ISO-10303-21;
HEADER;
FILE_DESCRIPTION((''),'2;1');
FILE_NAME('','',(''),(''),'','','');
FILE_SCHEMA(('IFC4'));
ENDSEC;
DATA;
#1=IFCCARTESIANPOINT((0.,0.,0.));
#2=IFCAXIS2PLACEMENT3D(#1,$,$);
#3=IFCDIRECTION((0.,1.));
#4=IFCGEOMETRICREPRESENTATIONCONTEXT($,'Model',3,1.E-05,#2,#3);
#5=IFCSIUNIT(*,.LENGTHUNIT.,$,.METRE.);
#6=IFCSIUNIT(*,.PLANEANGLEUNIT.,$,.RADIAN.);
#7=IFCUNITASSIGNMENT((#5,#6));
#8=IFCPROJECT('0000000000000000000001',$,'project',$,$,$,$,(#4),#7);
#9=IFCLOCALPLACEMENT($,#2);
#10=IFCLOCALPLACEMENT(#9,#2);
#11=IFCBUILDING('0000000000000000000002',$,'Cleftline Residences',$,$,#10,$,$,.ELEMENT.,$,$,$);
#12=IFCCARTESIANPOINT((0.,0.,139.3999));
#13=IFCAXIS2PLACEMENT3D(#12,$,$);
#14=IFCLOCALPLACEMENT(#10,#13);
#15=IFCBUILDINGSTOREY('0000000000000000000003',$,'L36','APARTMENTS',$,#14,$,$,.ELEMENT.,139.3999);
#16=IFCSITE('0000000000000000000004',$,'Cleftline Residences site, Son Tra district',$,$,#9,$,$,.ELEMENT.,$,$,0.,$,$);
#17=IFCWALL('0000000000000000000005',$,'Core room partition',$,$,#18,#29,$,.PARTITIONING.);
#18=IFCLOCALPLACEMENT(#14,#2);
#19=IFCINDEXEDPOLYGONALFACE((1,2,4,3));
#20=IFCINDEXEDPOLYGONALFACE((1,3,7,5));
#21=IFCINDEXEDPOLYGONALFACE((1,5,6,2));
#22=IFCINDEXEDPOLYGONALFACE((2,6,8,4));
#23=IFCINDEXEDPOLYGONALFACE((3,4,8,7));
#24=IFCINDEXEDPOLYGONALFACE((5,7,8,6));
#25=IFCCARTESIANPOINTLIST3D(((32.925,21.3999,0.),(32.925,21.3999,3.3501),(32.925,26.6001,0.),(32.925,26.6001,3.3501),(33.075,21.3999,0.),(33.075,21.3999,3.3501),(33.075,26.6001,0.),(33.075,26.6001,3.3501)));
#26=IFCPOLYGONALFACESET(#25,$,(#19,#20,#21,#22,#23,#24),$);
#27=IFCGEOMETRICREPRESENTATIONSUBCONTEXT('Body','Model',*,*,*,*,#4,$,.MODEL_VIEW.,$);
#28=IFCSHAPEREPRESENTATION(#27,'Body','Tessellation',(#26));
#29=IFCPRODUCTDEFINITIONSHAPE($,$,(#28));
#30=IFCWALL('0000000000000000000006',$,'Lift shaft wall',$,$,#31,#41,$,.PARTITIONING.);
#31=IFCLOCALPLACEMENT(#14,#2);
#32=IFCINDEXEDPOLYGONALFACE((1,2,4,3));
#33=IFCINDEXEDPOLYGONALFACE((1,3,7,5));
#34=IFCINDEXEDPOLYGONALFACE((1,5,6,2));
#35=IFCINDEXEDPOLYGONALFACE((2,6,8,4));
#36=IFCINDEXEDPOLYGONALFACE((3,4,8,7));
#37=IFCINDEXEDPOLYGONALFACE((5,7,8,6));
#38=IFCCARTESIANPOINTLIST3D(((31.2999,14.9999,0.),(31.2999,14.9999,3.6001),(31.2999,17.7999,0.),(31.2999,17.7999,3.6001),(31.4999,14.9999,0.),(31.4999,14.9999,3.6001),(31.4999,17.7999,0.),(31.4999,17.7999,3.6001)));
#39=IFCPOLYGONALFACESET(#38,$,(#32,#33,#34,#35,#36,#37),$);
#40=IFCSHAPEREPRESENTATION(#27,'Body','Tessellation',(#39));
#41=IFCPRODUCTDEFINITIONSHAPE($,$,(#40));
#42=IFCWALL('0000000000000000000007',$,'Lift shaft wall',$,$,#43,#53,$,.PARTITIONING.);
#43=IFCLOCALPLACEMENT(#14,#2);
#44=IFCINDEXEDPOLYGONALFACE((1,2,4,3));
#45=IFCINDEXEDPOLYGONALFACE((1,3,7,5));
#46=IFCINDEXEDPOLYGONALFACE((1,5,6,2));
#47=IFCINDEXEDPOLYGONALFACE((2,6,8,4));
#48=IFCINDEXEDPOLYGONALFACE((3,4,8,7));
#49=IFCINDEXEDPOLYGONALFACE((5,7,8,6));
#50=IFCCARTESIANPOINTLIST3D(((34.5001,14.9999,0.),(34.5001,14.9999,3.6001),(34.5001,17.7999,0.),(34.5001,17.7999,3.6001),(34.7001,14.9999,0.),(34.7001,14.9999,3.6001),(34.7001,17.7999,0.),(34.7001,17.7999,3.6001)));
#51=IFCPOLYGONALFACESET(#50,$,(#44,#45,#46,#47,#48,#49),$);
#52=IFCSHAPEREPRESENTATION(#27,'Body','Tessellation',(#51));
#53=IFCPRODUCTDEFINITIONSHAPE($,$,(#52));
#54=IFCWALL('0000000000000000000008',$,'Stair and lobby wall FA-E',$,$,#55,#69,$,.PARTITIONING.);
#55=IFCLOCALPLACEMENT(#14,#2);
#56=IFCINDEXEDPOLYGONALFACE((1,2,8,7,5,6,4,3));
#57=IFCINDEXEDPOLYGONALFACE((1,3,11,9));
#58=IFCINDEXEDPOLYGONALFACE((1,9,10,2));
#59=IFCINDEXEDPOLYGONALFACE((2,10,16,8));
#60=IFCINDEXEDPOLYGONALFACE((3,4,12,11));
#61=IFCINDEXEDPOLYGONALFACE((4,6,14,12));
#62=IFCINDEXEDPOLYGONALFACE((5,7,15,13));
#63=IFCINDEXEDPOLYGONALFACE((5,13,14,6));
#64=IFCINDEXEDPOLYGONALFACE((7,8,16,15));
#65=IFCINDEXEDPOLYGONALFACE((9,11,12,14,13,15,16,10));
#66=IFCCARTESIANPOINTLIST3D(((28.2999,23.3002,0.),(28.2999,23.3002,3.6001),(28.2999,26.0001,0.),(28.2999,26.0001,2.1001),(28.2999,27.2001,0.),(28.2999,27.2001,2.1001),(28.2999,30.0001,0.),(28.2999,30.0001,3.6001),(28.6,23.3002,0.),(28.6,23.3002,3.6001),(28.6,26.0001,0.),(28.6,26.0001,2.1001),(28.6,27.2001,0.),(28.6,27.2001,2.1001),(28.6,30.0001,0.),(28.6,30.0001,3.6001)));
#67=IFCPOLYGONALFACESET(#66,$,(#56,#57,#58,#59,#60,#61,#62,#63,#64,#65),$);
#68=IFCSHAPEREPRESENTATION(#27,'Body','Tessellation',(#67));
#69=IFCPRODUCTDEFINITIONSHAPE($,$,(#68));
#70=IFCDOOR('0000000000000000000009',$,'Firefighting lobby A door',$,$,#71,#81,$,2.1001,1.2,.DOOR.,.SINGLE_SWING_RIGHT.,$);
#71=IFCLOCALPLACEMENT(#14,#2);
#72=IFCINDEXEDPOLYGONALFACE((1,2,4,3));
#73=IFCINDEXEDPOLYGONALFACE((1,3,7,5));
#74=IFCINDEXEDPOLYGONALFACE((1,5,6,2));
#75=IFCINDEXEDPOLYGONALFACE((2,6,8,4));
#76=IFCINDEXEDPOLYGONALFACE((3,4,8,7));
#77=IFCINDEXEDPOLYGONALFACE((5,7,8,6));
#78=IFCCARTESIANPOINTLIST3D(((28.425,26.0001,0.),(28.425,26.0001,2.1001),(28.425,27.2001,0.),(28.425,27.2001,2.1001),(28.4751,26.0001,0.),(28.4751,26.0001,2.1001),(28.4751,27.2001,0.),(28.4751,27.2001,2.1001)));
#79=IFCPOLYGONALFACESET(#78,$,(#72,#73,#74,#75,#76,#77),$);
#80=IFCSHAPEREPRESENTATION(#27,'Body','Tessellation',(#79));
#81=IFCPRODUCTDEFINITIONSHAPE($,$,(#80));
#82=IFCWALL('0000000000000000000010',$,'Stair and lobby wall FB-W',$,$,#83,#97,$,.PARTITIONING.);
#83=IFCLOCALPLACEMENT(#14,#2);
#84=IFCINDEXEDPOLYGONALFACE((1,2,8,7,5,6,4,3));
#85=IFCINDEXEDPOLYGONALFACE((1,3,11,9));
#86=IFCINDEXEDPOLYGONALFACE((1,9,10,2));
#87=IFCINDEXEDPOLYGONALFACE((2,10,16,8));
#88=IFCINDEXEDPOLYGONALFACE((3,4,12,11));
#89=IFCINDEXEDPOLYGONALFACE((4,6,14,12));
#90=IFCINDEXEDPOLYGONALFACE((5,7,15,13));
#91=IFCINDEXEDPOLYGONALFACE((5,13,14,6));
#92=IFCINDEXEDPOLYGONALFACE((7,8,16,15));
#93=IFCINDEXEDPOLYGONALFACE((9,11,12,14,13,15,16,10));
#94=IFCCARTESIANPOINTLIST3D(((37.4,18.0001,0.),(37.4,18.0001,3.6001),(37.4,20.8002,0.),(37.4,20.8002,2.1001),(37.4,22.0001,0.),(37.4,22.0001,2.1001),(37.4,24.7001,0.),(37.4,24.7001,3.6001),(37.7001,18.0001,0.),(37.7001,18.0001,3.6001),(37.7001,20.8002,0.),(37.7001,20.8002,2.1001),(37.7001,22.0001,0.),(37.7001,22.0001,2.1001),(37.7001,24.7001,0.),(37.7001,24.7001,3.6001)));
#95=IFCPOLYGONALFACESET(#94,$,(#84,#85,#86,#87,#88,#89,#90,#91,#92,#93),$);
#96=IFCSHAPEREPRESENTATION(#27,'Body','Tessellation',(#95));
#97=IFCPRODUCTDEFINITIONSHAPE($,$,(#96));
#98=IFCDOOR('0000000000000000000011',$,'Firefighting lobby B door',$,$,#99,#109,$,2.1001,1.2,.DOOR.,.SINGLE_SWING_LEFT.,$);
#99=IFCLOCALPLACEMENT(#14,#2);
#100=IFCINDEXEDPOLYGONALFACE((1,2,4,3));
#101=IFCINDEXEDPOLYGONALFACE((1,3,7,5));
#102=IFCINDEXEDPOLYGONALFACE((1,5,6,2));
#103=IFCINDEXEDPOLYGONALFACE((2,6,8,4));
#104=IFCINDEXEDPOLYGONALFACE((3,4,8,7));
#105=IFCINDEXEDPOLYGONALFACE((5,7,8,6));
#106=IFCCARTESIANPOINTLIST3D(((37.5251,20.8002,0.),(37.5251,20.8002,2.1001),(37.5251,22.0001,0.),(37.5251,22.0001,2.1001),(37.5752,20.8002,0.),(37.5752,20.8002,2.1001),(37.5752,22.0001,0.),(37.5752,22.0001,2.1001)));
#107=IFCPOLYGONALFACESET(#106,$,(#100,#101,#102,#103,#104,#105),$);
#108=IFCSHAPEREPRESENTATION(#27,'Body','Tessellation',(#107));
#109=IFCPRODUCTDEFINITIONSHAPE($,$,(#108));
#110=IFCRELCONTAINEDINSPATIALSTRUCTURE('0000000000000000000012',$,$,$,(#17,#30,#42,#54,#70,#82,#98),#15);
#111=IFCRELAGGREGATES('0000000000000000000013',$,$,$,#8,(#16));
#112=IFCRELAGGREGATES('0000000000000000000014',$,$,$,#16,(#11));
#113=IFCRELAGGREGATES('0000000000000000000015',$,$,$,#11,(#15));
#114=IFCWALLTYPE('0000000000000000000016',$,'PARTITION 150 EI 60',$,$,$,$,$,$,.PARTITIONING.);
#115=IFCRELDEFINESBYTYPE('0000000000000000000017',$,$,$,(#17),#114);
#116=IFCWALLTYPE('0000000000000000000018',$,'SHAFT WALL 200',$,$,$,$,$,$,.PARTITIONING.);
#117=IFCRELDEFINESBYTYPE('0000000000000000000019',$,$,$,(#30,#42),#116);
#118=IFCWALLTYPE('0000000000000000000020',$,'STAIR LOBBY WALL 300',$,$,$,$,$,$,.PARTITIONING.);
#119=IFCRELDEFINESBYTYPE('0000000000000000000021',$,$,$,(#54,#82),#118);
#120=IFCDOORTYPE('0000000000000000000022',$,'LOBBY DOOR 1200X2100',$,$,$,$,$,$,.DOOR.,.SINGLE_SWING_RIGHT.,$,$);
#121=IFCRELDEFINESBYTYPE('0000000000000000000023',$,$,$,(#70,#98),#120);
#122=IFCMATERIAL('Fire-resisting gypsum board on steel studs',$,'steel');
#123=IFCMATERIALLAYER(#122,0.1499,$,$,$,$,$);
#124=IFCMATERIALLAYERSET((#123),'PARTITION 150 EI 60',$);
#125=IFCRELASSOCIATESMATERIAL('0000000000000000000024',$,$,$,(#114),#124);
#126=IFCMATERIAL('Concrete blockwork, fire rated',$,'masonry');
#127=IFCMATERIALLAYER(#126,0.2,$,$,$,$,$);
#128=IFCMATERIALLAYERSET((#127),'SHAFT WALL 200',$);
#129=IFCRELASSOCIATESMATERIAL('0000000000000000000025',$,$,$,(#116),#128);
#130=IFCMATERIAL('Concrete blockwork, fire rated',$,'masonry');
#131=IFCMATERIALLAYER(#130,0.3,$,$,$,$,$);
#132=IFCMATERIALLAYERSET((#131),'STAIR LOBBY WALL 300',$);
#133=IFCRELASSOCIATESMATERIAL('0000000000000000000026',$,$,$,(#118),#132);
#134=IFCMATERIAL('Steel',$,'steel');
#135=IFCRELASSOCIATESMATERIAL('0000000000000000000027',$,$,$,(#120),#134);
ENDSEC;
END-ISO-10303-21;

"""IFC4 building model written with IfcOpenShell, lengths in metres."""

from ifc_helpers import new_model, si_unit, direction, frame, frame_2d, origin, place, context, subcontext, project, spatial, rectangle, extrude, material, layer, layer_set, type_object, element, fill, save


model = new_model("IFC4")

# Units and contexts
model_context = context("Model", 3, precision=1e-05, world=origin(), true_north=direction((0.0, 1.0)))
body_context = subcontext(model_context, "Body", "Model", "MODEL_VIEW")
ifc_project = project(units=[si_unit("LENGTHUNIT", "METRE"), si_unit("PLANEANGLEUNIT", "RADIAN")], contexts=[model_context])

# Site, building, storey
site_placement = place(None, origin())
site = spatial("IfcSite", under=ifc_project, at=site_placement, Name="Cleftline Residences site, Son Tra district", CompositionType="ELEMENT", RefElevation=0.0)
building_placement = place(site_placement, origin())
building = spatial("IfcBuilding", under=site, at=building_placement, Name="Cleftline Residences", CompositionType="ELEMENT")
storey_placement = place(building_placement, frame((0.0, 0.0, 139.3999)))
storey = spatial("IfcBuildingStorey", under=building, at=storey_placement, Name="L36", Description="APARTMENTS", CompositionType="ELEMENT", Elevation=139.3999)

# Shared definitions
ifc_material_1 = material(Name="Fire-resisting gypsum board on steel studs", Category="steel")
ifc_layer_1 = layer(ifc_material_1, 0.1499)
ifc_layer_set_1 = layer_set([ifc_layer_1], Name="PARTITION 150 EI 60")
wall_type_1 = type_object("IfcWallType", Name="PARTITION 150 EI 60", PredefinedType="PARTITIONING", material=ifc_layer_set_1)

# Walls
for number, where, z_axis, x_axis, name in (
    (1, (33.0, 21.3999, 0.0), (0.0, 0.0, 1.0), (0.0, 1.0, 0.0), "Core room partition"),
):
    element("IfcWall", number, at=place(storey_placement, frame(where, z_axis=z_axis, x_axis=x_axis)), inside=storey, type_object=wall_type_1, Name=name, PredefinedType="PARTITIONING", context=body_context, shape_type="SweptSolid", body=[
        extrude(rectangle(XDim=5.2002, YDim=0.1499, at=frame_2d((2.6001, 0.0))), origin(), (0.0, 0.0, 1.0), 3.3501),
    ])
ifc_material_2 = material(Name="Concrete blockwork, fire rated", Category="masonry")
ifc_layer_2 = layer(ifc_material_2, 0.2)
ifc_layer_set_2 = layer_set([ifc_layer_2], Name="SHAFT WALL 200")
wall_type_2 = type_object("IfcWallType", Name="SHAFT WALL 200", PredefinedType="PARTITIONING", material=ifc_layer_set_2)
for number, where, z_axis, x_axis, name in (
    (2, (31.3999, 15.0, 0.0), (0.0, 0.0, 1.0), (0.0, 1.0, 0.0), "Lift shaft wall"),
    (3, (34.6001, 15.0, 0.0), (0.0, 0.0, 1.0), (0.0, 1.0, 0.0), "Lift shaft wall"),
):
    element("IfcWall", number, at=place(storey_placement, frame(where, z_axis=z_axis, x_axis=x_axis)), inside=storey, type_object=wall_type_2, Name=name, PredefinedType="PARTITIONING", context=body_context, shape_type="SweptSolid", body=[
        extrude(rectangle(XDim=2.8, YDim=0.2, at=frame_2d((1.3999, 0.0))), origin(), (0.0, 0.0, 1.0), 3.6001),
    ])

# Walls, openings, doors
ifc_material_3 = material(Name="Concrete blockwork, fire rated", Category="masonry")
ifc_layer_3 = layer(ifc_material_3, 0.3)
ifc_layer_set_3 = layer_set([ifc_layer_3], Name="STAIR LOBBY WALL 300")
wall_type_3 = type_object("IfcWallType", Name="STAIR LOBBY WALL 300", PredefinedType="PARTITIONING", material=ifc_layer_set_3)
wall_1_placement = place(storey_placement, frame((28.45, 23.3, 0.0), z_axis=(0.0, 0.0, 1.0), x_axis=(0.0, 1.0, 0.0)))
wall_1 = element("IfcWall", 4, at=wall_1_placement, inside=storey, type_object=wall_type_3, Name="Stair and lobby wall FA-E", PredefinedType="PARTITIONING", context=body_context, shape_type="SweptSolid", body=[
    extrude(rectangle(XDim=6.7, YDim=0.3, at=frame_2d((3.3501, 0.0))), origin(), (0.0, 0.0, 1.0), 3.6001),
])
opening_1_placement = place(wall_1_placement, frame((2.7, 0.0, 0.0)))
opening_1 = element("IfcOpeningElement", 5, at=opening_1_placement, cuts=wall_1, PredefinedType="OPENING", context=body_context, shape_type="SweptSolid", body=[
    extrude(rectangle(XDim=1.2, YDim=2.1001, at=frame_2d((0.6001, 1.05))), frame((0.0, 0.1599, 0.0), z_axis=(0.0, -1.0, 0.0), x_axis=(1.0, 0.0, 0.0)), (0.0, 0.0, 1.0), 0.3201),
])
ifc_material_4 = material(Name="Steel", Category="steel")
door_type_1 = type_object("IfcDoorType", Name="LOBBY DOOR 1200X2100", OperationType="SINGLE_SWING_RIGHT", PredefinedType="DOOR", material=ifc_material_4)
door_1_placement = place(opening_1_placement, origin())
door_1 = element("IfcDoor", 6, at=door_1_placement, inside=storey, type_object=door_type_1, Name="Firefighting lobby A door", OperationType="SINGLE_SWING_RIGHT", OverallHeight=2.1001, OverallWidth=1.2, PredefinedType="DOOR", context=body_context, shape_type="SweptSolid", body=[
    extrude(rectangle(XDim=1.2, YDim=2.1001, at=frame_2d((0.6001, 1.05))), frame((0.0, 0.0249, 0.0), z_axis=(0.0, -1.0, 0.0), x_axis=(1.0, 0.0, 0.0)), (0.0, 0.0, 1.0), 0.05),
])
fill(opening_1, door_1)
wall_2_placement = place(storey_placement, frame((37.55, 18.0, 0.0), z_axis=(0.0, 0.0, 1.0), x_axis=(0.0, 1.0, 0.0)))
wall_2 = element("IfcWall", 7, at=wall_2_placement, inside=storey, type_object=wall_type_3, Name="Stair and lobby wall FB-W", PredefinedType="PARTITIONING", context=body_context, shape_type="SweptSolid", body=[
    extrude(rectangle(XDim=6.7, YDim=0.3, at=frame_2d((3.3501, 0.0))), origin(), (0.0, 0.0, 1.0), 3.6001),
])
opening_2_placement = place(wall_2_placement, frame((2.8, 0.0, 0.0)))
opening_2 = element("IfcOpeningElement", 8, at=opening_2_placement, cuts=wall_2, PredefinedType="OPENING", context=body_context, shape_type="SweptSolid", body=[
    extrude(rectangle(XDim=1.2, YDim=2.1001, at=frame_2d((0.6001, 1.05))), frame((0.0, 0.1599, 0.0), z_axis=(0.0, -1.0, 0.0), x_axis=(1.0, 0.0, 0.0)), (0.0, 0.0, 1.0), 0.3201),
])
door_2_placement = place(opening_2_placement, origin())
door_2 = element("IfcDoor", 9, at=door_2_placement, inside=storey, type_object=door_type_1, Name="Firefighting lobby B door", OperationType="SINGLE_SWING_LEFT", OverallHeight=2.1001, OverallWidth=1.2, PredefinedType="DOOR", context=body_context, shape_type="SweptSolid", body=[
    extrude(rectangle(XDim=1.2, YDim=2.1001, at=frame_2d((0.6001, 1.05))), frame((0.0, 0.0249, 0.0), z_axis=(0.0, -1.0, 0.0), x_axis=(1.0, 0.0, 0.0)), (0.0, 0.0, 1.0), 0.05),
])
fill(opening_2, door_2)

save(model, "model.ifc")
